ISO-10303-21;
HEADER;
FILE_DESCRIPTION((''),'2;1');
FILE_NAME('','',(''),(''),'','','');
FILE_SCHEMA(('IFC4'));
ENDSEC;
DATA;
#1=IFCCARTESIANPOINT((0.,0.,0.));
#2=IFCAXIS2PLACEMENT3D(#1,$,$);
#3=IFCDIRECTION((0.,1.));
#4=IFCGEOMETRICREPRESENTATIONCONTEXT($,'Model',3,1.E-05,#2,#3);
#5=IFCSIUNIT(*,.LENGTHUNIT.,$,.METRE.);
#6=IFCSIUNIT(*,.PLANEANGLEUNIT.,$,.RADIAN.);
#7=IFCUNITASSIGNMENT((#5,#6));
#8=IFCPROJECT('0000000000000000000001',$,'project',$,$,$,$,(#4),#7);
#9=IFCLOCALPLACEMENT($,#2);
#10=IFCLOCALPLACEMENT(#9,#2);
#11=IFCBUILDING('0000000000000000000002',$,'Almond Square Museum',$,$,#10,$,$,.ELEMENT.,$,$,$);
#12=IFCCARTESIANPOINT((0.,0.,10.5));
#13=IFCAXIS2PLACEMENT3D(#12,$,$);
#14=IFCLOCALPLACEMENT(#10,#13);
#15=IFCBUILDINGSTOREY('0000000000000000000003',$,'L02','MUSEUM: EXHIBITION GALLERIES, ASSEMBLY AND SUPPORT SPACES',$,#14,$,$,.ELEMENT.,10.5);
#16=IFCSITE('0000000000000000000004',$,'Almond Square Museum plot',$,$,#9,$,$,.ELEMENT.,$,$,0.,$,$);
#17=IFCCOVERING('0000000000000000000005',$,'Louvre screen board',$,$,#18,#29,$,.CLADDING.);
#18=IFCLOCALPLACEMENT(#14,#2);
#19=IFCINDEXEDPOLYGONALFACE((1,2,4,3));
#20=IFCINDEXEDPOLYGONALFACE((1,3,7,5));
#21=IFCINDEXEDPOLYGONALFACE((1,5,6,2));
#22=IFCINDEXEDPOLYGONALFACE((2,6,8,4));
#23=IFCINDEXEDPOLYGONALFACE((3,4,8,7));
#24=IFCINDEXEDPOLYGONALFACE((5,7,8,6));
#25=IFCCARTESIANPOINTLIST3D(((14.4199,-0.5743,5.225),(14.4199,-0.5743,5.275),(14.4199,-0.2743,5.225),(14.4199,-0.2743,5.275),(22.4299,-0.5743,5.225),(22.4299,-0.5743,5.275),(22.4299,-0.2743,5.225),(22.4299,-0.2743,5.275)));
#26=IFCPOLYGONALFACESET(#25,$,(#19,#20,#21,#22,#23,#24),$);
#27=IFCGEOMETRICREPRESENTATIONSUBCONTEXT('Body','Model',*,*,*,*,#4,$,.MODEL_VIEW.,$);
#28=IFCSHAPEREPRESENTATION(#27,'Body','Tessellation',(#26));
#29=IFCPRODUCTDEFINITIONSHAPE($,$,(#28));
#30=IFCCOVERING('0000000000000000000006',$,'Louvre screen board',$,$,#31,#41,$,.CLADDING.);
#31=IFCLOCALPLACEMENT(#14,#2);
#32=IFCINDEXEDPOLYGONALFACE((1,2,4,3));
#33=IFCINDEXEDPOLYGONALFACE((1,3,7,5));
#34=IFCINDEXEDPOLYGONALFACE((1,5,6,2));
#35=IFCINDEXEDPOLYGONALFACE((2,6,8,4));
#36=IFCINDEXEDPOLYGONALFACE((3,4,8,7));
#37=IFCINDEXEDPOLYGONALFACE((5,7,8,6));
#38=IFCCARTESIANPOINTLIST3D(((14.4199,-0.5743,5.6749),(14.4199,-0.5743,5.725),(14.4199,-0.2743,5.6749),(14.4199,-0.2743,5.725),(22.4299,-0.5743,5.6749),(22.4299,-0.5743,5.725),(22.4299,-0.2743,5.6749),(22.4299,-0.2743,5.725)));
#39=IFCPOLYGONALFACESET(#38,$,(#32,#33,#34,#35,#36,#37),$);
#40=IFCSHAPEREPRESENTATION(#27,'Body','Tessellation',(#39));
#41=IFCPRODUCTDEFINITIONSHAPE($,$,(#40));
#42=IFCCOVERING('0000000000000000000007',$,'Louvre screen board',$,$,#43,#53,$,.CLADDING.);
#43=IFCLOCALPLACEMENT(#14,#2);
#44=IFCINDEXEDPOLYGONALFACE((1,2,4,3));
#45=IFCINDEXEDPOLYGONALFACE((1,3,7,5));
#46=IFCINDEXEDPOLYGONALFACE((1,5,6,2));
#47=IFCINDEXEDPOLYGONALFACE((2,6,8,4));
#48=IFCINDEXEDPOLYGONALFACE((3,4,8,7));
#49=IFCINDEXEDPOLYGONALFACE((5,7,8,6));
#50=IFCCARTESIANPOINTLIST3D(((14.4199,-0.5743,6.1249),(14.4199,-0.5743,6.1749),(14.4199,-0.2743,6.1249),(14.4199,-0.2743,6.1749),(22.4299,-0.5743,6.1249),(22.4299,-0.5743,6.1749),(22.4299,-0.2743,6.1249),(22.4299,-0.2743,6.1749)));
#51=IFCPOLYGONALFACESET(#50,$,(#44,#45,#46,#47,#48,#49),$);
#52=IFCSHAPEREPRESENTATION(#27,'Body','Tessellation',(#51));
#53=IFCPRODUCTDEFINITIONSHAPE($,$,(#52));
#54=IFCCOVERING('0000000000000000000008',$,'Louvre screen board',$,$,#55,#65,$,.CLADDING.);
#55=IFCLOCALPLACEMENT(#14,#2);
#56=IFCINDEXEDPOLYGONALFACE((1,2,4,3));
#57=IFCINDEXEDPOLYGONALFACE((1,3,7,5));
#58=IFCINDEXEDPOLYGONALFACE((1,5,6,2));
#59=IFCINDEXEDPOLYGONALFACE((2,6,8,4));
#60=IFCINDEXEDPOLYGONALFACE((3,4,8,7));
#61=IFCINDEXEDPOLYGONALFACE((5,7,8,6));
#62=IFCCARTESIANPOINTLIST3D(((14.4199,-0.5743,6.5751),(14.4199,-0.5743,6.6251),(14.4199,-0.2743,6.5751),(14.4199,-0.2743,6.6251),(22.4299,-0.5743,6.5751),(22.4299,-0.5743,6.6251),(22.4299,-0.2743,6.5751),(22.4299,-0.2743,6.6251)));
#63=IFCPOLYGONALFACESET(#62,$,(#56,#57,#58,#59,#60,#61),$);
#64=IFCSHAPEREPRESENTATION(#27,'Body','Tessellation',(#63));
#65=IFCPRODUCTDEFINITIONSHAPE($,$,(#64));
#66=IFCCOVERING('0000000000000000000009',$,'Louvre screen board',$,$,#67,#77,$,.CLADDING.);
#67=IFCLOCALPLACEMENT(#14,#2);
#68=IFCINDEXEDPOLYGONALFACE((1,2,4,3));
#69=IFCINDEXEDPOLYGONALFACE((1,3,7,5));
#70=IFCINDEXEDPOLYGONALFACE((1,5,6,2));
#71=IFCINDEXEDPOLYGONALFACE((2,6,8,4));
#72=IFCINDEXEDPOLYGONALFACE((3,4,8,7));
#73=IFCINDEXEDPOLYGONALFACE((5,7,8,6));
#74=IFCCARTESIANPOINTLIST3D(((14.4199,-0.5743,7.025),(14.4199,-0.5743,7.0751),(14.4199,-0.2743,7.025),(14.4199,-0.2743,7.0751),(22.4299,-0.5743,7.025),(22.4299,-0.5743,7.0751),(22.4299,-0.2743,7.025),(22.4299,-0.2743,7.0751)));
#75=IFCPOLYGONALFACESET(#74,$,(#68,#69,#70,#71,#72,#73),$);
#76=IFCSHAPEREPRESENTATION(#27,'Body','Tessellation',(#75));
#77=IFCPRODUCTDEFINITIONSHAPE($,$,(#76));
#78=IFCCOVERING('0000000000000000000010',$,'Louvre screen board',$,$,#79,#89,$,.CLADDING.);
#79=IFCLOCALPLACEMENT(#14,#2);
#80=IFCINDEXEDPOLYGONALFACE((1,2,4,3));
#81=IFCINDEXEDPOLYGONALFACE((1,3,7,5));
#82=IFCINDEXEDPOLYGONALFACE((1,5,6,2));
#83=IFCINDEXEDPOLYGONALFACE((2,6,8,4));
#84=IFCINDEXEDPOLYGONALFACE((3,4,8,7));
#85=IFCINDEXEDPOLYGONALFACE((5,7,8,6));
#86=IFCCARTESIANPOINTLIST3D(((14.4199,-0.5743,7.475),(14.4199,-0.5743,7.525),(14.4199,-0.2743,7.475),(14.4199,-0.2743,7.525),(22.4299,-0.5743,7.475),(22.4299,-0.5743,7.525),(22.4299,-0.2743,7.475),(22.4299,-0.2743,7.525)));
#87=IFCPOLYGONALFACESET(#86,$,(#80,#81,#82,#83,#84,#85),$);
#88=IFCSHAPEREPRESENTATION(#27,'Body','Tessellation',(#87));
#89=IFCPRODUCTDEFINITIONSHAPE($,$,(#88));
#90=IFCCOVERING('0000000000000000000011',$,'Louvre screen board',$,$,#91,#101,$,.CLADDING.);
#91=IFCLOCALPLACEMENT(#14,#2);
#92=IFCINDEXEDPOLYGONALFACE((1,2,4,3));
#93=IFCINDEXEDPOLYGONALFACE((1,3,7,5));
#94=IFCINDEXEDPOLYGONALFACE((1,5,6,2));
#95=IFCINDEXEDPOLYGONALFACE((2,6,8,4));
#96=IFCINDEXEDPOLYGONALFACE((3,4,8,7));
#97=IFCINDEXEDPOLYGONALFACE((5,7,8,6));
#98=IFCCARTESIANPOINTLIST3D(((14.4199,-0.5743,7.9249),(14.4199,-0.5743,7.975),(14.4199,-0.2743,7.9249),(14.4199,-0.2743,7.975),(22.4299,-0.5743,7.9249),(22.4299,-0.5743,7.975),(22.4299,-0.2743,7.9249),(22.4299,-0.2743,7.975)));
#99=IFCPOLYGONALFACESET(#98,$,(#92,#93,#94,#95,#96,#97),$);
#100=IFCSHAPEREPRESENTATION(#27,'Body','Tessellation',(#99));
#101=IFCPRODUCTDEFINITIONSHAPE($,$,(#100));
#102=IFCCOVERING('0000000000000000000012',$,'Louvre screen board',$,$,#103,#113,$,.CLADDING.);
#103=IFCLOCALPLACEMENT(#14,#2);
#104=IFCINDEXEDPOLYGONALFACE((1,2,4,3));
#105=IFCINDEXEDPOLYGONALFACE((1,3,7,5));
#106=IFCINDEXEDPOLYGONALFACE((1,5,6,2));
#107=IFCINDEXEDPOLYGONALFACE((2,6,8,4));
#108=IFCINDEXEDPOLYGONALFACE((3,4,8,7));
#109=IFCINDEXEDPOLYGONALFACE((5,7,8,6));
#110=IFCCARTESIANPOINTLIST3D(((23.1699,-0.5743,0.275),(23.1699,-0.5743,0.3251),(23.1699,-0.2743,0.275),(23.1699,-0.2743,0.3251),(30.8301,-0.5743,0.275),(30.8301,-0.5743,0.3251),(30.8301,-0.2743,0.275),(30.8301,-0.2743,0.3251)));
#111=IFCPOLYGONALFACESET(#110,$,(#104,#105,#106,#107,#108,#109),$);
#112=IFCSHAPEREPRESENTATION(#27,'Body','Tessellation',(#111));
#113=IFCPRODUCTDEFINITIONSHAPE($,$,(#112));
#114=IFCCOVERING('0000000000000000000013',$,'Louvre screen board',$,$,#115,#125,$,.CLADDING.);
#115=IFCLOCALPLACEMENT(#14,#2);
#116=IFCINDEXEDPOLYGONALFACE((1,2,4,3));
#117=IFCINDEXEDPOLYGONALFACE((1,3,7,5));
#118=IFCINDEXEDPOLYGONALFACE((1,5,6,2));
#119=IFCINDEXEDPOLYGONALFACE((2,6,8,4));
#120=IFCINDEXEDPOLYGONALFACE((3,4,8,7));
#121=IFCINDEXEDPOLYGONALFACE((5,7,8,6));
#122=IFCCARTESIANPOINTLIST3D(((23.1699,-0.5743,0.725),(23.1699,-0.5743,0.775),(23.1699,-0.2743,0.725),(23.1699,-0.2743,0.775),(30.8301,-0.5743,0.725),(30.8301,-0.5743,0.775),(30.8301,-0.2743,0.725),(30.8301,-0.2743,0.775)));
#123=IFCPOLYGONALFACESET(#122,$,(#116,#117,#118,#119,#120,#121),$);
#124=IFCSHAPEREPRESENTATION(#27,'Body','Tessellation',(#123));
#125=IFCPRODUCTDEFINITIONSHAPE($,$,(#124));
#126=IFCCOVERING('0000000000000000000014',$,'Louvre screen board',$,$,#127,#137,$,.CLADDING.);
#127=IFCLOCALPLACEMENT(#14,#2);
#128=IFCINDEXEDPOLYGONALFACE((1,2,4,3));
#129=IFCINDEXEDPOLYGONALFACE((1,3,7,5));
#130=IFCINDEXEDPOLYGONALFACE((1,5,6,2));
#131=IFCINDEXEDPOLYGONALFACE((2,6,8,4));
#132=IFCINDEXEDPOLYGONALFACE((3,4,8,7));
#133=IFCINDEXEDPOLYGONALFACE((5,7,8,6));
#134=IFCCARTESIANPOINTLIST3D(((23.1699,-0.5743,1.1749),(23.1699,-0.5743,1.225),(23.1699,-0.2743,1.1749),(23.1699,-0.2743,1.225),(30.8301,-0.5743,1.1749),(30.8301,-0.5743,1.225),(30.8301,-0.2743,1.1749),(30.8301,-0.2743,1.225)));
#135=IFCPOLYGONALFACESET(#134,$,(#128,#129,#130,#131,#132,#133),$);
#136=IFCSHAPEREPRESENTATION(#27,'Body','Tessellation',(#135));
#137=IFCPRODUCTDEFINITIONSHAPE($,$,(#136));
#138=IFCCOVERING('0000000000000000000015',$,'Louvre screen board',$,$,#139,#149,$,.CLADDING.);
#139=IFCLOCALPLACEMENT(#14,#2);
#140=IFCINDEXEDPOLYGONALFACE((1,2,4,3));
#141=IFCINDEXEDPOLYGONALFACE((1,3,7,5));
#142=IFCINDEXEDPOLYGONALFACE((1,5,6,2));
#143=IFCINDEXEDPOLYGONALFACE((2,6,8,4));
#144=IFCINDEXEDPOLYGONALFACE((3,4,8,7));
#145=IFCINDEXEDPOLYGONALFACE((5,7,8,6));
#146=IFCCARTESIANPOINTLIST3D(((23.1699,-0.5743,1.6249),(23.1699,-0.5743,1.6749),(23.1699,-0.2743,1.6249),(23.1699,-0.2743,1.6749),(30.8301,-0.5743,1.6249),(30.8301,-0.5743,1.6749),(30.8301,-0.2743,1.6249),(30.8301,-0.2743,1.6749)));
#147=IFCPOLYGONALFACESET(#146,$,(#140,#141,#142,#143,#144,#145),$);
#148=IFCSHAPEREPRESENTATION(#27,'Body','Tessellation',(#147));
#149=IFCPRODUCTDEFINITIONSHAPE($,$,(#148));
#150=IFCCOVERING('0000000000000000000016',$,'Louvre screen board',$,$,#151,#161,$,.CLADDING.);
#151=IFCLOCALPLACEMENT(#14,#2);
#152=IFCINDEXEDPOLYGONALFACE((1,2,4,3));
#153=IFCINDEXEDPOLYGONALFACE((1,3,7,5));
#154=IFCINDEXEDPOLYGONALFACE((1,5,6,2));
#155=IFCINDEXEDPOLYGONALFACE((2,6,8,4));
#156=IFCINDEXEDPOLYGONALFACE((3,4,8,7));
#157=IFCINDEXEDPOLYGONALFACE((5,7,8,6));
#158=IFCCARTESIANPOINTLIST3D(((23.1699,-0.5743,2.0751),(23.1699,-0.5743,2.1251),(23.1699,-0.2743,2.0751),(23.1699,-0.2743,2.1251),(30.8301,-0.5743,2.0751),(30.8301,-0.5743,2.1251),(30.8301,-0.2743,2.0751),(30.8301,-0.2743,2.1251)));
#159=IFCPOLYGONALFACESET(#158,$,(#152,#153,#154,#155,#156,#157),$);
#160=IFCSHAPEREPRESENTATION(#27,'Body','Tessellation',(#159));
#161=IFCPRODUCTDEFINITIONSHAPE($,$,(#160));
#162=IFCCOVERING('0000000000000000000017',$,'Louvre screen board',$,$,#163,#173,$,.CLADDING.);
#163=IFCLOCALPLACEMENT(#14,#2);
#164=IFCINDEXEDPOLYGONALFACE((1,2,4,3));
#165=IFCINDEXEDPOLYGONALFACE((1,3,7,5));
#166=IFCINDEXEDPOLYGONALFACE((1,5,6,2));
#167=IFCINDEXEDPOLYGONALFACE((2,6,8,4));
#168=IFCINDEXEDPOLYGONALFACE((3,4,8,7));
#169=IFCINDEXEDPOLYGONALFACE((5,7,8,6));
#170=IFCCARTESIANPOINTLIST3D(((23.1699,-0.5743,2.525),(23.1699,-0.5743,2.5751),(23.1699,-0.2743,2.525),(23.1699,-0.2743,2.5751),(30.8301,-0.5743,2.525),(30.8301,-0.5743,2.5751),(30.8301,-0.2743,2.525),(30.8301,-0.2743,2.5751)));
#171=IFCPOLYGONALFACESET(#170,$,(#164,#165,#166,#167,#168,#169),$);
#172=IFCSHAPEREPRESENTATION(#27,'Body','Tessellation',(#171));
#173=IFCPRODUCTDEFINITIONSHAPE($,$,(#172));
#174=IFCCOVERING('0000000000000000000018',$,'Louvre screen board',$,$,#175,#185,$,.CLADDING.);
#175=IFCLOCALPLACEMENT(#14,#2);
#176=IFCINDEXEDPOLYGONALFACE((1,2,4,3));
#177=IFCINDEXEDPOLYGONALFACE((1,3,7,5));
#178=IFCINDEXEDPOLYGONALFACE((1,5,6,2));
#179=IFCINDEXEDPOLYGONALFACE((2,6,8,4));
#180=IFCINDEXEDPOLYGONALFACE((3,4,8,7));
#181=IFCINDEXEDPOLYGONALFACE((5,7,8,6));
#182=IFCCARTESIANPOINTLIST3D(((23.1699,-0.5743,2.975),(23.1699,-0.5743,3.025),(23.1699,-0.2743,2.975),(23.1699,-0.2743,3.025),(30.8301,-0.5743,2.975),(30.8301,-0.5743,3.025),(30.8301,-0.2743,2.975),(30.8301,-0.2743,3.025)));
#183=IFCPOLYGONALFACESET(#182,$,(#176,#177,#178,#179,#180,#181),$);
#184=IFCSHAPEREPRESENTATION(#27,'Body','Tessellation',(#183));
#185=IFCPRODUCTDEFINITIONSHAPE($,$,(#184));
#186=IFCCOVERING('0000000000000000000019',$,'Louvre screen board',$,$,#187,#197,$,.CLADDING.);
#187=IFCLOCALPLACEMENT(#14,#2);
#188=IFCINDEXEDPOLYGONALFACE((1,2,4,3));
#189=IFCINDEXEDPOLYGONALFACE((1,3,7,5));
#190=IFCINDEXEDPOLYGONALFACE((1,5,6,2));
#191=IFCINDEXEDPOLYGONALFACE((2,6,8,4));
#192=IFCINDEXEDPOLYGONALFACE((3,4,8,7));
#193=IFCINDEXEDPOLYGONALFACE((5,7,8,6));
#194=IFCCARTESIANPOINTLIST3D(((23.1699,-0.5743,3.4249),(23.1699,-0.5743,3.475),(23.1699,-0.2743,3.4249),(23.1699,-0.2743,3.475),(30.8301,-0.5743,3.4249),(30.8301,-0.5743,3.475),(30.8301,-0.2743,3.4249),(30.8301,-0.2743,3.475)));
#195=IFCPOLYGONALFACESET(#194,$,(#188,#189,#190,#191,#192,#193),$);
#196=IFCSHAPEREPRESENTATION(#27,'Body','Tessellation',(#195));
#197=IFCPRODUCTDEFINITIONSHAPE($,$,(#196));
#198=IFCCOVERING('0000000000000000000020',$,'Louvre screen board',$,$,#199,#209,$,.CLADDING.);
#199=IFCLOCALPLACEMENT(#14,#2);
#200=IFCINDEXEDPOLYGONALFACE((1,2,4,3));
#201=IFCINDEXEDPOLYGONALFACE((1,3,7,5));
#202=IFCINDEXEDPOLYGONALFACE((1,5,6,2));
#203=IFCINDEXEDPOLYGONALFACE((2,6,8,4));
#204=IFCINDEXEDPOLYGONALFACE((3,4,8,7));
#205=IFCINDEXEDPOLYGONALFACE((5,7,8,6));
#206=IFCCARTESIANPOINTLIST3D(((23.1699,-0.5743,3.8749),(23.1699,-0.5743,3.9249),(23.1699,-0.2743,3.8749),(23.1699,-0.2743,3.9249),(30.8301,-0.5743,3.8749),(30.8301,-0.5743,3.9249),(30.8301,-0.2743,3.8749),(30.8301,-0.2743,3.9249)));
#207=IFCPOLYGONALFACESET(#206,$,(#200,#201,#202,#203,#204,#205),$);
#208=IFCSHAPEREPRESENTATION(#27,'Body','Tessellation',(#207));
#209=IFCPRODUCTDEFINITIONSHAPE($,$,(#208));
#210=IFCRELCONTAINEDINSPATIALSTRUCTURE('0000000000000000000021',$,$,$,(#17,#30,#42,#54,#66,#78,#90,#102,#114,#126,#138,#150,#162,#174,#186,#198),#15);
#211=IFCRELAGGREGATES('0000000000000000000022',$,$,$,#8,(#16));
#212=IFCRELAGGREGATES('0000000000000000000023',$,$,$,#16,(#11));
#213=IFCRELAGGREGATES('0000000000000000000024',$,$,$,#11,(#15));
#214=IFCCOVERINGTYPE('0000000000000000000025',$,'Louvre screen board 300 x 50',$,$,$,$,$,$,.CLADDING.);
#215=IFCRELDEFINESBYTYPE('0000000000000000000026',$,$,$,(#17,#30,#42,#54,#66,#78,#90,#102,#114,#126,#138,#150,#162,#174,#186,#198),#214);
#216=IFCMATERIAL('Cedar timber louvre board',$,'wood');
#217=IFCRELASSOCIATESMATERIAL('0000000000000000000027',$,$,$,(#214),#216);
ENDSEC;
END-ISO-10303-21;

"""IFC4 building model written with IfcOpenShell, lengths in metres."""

from ifc_helpers import new_model, si_unit, direction, frame, origin, origin_2d, place, context, subcontext, project, spatial, rectangle, extrude, material, material_profile, profile_set, type_object, element, save


model = new_model("IFC4")

# Units and contexts
model_context = context("Model", 3, precision=1e-05, world=origin(), true_north=direction((0.0, 1.0)))
body_context = subcontext(model_context, "Body", "Model", "MODEL_VIEW")
ifc_project = project(units=[si_unit("LENGTHUNIT", "METRE"), si_unit("PLANEANGLEUNIT", "RADIAN")], contexts=[model_context])

# Site, building, storey
site_placement = place(None, origin())
site = spatial("IfcSite", under=ifc_project, at=site_placement, Name="Almond Square Museum plot", CompositionType="ELEMENT", RefElevation=0.0)
building_placement = place(site_placement, origin())
building = spatial("IfcBuilding", under=site, at=building_placement, Name="Almond Square Museum", CompositionType="ELEMENT")
storey_placement = place(building_placement, frame((0.0, 0.0, 10.5)))
storey = spatial("IfcBuildingStorey", under=building, at=storey_placement, Name="L02", Description="MUSEUM: EXHIBITION GALLERIES, ASSEMBLY AND SUPPORT SPACES", CompositionType="ELEMENT", Elevation=10.5)

# Coverings
ifc_material_1 = material(Name="Cedar timber louvre board", Category="wood")
ifc_material_profile_1 = material_profile(ifc_material_1, rectangle(XDim=0.3, YDim=0.05, at=origin_2d()))
ifc_profile_set_1 = profile_set([ifc_material_profile_1], Name="Cedar timber louvre board")
covering_type = type_object("IfcCoveringType", Name="Louvre screen board 300 x 50", PredefinedType="CLADDING", material=ifc_profile_set_1)
for number, where, z_axis, x_axis, name in (
    (1, (14.4199, -0.4243, 5.25), (1.0, 0.0, 0.0), (0.0, 1.0, 0.0), "Louvre screen board"),
    (2, (14.4199, -0.4243, 5.7), (1.0, 0.0, 0.0), (0.0, 1.0, 0.0), "Louvre screen board"),
    (3, (14.4199, -0.4243, 6.1499), (1.0, 0.0, 0.0), (0.0, 1.0, 0.0), "Louvre screen board"),
    (4, (14.4199, -0.4243, 6.6001), (1.0, 0.0, 0.0), (0.0, 1.0, 0.0), "Louvre screen board"),
    (5, (14.4199, -0.4243, 7.05), (1.0, 0.0, 0.0), (0.0, 1.0, 0.0), "Louvre screen board"),
    (6, (14.4199, -0.4243, 7.5), (1.0, 0.0, 0.0), (0.0, 1.0, 0.0), "Louvre screen board"),
    (7, (14.4199, -0.4243, 7.95), (1.0, 0.0, 0.0), (0.0, 1.0, 0.0), "Louvre screen board"),
):
    element("IfcCovering", number, at=place(storey_placement, frame(where, z_axis=z_axis, x_axis=x_axis)), inside=storey, type_object=covering_type, Name=name, PredefinedType="CLADDING", context=body_context, shape_type="SweptSolid", body=[
        extrude(rectangle(XDim=0.3, YDim=0.05, at=origin_2d()), origin(), (0.0, 0.0, 1.0), 8.01),
    ])
for number, where, z_axis, x_axis, name in (
    (8, (23.1699, -0.4243, 0.3), (1.0, 0.0, 0.0), (0.0, 1.0, 0.0), "Louvre screen board"),
    (9, (23.1699, -0.4243, 0.75), (1.0, 0.0, 0.0), (0.0, 1.0, 0.0), "Louvre screen board"),
    (10, (23.1699, -0.4243, 1.2), (1.0, 0.0, 0.0), (0.0, 1.0, 0.0), "Louvre screen board"),
    (11, (23.1699, -0.4243, 1.6499), (1.0, 0.0, 0.0), (0.0, 1.0, 0.0), "Louvre screen board"),
    (12, (23.1699, -0.4243, 2.1001), (1.0, 0.0, 0.0), (0.0, 1.0, 0.0), "Louvre screen board"),
    (13, (23.1699, -0.4243, 2.55), (1.0, 0.0, 0.0), (0.0, 1.0, 0.0), "Louvre screen board"),
    (14, (23.1699, -0.4243, 3.0), (1.0, 0.0, 0.0), (0.0, 1.0, 0.0), "Louvre screen board"),
    (15, (23.1699, -0.4243, 3.45), (1.0, 0.0, 0.0), (0.0, 1.0, 0.0), "Louvre screen board"),
    (16, (23.1699, -0.4243, 3.8999), (1.0, 0.0, 0.0), (0.0, 1.0, 0.0), "Louvre screen board"),
):
    element("IfcCovering", number, at=place(storey_placement, frame(where, z_axis=z_axis, x_axis=x_axis)), inside=storey, type_object=covering_type, Name=name, PredefinedType="CLADDING", context=body_context, shape_type="SweptSolid", body=[
        extrude(rectangle(XDim=0.3, YDim=0.05, at=origin_2d()), origin(), (0.0, 0.0, 1.0), 7.6602),
    ])

save(model, "model.ifc")
